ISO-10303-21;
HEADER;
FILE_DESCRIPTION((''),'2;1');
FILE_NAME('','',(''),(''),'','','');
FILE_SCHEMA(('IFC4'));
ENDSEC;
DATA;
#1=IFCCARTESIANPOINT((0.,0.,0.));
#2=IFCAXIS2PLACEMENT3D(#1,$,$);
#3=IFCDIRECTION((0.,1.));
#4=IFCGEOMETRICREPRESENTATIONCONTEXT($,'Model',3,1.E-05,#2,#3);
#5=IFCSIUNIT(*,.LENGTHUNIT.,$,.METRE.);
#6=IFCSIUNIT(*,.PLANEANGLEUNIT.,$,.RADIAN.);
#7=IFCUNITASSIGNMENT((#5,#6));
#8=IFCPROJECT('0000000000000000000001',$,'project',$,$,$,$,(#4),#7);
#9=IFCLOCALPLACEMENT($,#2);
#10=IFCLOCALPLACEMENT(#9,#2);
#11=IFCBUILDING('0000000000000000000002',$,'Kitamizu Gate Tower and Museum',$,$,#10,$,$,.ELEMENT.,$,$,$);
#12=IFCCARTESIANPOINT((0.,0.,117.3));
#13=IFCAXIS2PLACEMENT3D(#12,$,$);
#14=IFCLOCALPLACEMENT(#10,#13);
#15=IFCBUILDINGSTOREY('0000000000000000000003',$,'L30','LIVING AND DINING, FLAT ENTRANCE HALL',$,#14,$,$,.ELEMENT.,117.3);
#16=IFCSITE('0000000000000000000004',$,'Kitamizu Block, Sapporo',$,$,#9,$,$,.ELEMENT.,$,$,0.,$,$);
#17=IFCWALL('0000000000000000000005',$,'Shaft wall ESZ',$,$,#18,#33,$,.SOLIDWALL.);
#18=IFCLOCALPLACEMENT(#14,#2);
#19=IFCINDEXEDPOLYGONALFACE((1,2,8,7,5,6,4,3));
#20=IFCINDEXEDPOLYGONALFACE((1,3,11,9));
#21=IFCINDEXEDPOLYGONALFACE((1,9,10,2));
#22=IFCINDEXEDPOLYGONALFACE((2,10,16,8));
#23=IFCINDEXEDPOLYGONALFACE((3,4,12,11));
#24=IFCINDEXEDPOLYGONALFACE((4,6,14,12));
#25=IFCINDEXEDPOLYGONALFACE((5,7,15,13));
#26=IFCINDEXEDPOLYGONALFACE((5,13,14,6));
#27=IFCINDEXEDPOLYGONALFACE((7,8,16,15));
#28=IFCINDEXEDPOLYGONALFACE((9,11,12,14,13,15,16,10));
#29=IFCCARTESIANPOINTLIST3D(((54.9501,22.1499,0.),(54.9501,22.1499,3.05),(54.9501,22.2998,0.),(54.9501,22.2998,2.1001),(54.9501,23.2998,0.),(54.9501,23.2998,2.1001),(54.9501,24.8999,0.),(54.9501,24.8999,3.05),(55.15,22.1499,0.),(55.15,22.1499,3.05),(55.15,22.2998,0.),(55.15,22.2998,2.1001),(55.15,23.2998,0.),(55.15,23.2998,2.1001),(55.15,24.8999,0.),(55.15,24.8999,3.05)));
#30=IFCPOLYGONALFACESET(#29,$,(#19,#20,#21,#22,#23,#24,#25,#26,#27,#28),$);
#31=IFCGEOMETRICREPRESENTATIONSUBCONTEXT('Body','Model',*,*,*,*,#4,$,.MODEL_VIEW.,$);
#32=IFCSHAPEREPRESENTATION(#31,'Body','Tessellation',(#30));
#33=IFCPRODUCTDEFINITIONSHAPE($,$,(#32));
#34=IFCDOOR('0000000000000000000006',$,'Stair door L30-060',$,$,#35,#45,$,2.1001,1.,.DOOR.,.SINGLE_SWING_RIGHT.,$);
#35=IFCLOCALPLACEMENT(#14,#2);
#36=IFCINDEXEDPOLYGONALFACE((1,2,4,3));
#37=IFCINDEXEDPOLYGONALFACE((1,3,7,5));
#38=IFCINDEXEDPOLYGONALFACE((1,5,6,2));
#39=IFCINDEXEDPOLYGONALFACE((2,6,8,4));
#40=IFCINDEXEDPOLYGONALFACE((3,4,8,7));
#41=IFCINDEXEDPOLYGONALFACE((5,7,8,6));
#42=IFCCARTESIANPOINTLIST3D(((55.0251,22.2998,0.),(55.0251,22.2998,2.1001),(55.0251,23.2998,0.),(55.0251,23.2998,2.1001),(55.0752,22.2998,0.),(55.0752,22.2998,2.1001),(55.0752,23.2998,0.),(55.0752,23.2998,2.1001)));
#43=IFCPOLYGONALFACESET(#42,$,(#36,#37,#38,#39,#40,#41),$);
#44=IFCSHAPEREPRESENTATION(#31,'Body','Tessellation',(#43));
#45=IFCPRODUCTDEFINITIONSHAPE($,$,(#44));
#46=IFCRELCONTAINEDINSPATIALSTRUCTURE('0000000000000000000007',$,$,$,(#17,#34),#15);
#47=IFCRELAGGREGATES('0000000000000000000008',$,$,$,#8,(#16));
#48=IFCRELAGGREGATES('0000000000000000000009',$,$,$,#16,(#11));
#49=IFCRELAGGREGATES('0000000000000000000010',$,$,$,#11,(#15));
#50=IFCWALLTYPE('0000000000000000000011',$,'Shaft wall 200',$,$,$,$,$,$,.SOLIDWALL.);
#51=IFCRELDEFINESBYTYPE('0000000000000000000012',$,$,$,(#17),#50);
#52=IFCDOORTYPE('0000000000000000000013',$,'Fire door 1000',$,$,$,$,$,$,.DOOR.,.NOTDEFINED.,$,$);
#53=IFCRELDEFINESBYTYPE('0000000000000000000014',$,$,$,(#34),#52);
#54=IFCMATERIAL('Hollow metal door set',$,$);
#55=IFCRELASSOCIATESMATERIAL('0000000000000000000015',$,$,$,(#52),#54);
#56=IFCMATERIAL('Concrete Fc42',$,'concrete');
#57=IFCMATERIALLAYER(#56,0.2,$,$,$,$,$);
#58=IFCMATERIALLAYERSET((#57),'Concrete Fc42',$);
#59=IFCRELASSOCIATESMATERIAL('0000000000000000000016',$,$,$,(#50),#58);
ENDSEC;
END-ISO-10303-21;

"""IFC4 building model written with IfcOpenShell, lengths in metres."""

from ifc_helpers import new_model, si_unit, direction, frame, frame_2d, origin, place, context, subcontext, project, spatial, rectangle, extrude, material, layer, layer_set, type_object, element, fill, save


model = new_model("IFC4")

# Units and contexts
model_context = context("Model", 3, precision=1e-05, world=origin(), true_north=direction((0.0, 1.0)))
body_context = subcontext(model_context, "Body", "Model", "MODEL_VIEW")
ifc_project = project(units=[si_unit("LENGTHUNIT", "METRE"), si_unit("PLANEANGLEUNIT", "RADIAN")], contexts=[model_context])

# Site, building, storey
site_placement = place(None, origin())
site = spatial("IfcSite", under=ifc_project, at=site_placement, Name="Kitamizu Block, Sapporo", CompositionType="ELEMENT", RefElevation=0.0)
building_placement = place(site_placement, origin())
building = spatial("IfcBuilding", under=site, at=building_placement, Name="Kitamizu Gate Tower and Museum", CompositionType="ELEMENT")
storey_placement = place(building_placement, frame((0.0, 0.0, 117.3)))
storey = spatial("IfcBuildingStorey", under=building, at=storey_placement, Name="L30", Description="LIVING AND DINING, FLAT ENTRANCE HALL", CompositionType="ELEMENT", Elevation=117.3)

# Shared definitions
ifc_material_1 = material(Name="Hollow metal door set")
door_type_1 = type_object("IfcDoorType", Name="Fire door 1000", OperationType="NOTDEFINED", PredefinedType="DOOR", material=ifc_material_1)

# Shared definitions
ifc_material_2 = material(Name="Concrete Fc42", Category="concrete")
ifc_layer_1 = layer(ifc_material_2, 0.2)
ifc_layer_set_1 = layer_set([ifc_layer_1], Name="Concrete Fc42")
wall_type_1 = type_object("IfcWallType", Name="Shaft wall 200", PredefinedType="SOLIDWALL", material=ifc_layer_set_1)

# Wall, opening, door
wall_1_placement = place(storey_placement, frame((55.05, 22.1499, 0.0), z_axis=(0.0, 0.0, 1.0), x_axis=(0.0, 1.0, 0.0)))
wall_1 = element("IfcWall", 1, at=wall_1_placement, inside=storey, type_object=wall_type_1, Name="Shaft wall ESZ", PredefinedType="SOLIDWALL", context=body_context, shape_type="SweptSolid", body=[
    extrude(rectangle(XDim=2.75, YDim=0.2, at=frame_2d((1.375, 0.0))), origin(), (0.0, 0.0, 1.0), 3.05),
])
opening_1_placement = place(wall_1_placement, frame((0.1499, 0.0, 0.0)))
opening_1 = element("IfcOpeningElement", 2, at=opening_1_placement, cuts=wall_1, PredefinedType="OPENING", context=body_context, shape_type="SweptSolid", body=[
    extrude(rectangle(XDim=1.0, YDim=2.1001, at=frame_2d((0.5, 1.05))), frame((0.0, 0.1099, 0.0), z_axis=(0.0, -1.0, 0.0), x_axis=(1.0, 0.0, 0.0)), (0.0, 0.0, 1.0), 0.22),
])
door_1_placement = place(opening_1_placement, origin())
door_1 = element("IfcDoor", 3, at=door_1_placement, inside=storey, type_object=door_type_1, Name="Stair door L30-060", OperationType="SINGLE_SWING_RIGHT", OverallHeight=2.1001, OverallWidth=1.0, PredefinedType="DOOR", context=body_context, shape_type="SweptSolid", body=[
    extrude(rectangle(XDim=1.0, YDim=2.1001, at=frame_2d((0.5, 1.05))), frame((0.0, 0.0249, 0.0), z_axis=(0.0, -1.0, 0.0), x_axis=(1.0, 0.0, 0.0)), (0.0, 0.0, 1.0), 0.05),
])
fill(opening_1, door_1)

save(model, "model.ifc")
